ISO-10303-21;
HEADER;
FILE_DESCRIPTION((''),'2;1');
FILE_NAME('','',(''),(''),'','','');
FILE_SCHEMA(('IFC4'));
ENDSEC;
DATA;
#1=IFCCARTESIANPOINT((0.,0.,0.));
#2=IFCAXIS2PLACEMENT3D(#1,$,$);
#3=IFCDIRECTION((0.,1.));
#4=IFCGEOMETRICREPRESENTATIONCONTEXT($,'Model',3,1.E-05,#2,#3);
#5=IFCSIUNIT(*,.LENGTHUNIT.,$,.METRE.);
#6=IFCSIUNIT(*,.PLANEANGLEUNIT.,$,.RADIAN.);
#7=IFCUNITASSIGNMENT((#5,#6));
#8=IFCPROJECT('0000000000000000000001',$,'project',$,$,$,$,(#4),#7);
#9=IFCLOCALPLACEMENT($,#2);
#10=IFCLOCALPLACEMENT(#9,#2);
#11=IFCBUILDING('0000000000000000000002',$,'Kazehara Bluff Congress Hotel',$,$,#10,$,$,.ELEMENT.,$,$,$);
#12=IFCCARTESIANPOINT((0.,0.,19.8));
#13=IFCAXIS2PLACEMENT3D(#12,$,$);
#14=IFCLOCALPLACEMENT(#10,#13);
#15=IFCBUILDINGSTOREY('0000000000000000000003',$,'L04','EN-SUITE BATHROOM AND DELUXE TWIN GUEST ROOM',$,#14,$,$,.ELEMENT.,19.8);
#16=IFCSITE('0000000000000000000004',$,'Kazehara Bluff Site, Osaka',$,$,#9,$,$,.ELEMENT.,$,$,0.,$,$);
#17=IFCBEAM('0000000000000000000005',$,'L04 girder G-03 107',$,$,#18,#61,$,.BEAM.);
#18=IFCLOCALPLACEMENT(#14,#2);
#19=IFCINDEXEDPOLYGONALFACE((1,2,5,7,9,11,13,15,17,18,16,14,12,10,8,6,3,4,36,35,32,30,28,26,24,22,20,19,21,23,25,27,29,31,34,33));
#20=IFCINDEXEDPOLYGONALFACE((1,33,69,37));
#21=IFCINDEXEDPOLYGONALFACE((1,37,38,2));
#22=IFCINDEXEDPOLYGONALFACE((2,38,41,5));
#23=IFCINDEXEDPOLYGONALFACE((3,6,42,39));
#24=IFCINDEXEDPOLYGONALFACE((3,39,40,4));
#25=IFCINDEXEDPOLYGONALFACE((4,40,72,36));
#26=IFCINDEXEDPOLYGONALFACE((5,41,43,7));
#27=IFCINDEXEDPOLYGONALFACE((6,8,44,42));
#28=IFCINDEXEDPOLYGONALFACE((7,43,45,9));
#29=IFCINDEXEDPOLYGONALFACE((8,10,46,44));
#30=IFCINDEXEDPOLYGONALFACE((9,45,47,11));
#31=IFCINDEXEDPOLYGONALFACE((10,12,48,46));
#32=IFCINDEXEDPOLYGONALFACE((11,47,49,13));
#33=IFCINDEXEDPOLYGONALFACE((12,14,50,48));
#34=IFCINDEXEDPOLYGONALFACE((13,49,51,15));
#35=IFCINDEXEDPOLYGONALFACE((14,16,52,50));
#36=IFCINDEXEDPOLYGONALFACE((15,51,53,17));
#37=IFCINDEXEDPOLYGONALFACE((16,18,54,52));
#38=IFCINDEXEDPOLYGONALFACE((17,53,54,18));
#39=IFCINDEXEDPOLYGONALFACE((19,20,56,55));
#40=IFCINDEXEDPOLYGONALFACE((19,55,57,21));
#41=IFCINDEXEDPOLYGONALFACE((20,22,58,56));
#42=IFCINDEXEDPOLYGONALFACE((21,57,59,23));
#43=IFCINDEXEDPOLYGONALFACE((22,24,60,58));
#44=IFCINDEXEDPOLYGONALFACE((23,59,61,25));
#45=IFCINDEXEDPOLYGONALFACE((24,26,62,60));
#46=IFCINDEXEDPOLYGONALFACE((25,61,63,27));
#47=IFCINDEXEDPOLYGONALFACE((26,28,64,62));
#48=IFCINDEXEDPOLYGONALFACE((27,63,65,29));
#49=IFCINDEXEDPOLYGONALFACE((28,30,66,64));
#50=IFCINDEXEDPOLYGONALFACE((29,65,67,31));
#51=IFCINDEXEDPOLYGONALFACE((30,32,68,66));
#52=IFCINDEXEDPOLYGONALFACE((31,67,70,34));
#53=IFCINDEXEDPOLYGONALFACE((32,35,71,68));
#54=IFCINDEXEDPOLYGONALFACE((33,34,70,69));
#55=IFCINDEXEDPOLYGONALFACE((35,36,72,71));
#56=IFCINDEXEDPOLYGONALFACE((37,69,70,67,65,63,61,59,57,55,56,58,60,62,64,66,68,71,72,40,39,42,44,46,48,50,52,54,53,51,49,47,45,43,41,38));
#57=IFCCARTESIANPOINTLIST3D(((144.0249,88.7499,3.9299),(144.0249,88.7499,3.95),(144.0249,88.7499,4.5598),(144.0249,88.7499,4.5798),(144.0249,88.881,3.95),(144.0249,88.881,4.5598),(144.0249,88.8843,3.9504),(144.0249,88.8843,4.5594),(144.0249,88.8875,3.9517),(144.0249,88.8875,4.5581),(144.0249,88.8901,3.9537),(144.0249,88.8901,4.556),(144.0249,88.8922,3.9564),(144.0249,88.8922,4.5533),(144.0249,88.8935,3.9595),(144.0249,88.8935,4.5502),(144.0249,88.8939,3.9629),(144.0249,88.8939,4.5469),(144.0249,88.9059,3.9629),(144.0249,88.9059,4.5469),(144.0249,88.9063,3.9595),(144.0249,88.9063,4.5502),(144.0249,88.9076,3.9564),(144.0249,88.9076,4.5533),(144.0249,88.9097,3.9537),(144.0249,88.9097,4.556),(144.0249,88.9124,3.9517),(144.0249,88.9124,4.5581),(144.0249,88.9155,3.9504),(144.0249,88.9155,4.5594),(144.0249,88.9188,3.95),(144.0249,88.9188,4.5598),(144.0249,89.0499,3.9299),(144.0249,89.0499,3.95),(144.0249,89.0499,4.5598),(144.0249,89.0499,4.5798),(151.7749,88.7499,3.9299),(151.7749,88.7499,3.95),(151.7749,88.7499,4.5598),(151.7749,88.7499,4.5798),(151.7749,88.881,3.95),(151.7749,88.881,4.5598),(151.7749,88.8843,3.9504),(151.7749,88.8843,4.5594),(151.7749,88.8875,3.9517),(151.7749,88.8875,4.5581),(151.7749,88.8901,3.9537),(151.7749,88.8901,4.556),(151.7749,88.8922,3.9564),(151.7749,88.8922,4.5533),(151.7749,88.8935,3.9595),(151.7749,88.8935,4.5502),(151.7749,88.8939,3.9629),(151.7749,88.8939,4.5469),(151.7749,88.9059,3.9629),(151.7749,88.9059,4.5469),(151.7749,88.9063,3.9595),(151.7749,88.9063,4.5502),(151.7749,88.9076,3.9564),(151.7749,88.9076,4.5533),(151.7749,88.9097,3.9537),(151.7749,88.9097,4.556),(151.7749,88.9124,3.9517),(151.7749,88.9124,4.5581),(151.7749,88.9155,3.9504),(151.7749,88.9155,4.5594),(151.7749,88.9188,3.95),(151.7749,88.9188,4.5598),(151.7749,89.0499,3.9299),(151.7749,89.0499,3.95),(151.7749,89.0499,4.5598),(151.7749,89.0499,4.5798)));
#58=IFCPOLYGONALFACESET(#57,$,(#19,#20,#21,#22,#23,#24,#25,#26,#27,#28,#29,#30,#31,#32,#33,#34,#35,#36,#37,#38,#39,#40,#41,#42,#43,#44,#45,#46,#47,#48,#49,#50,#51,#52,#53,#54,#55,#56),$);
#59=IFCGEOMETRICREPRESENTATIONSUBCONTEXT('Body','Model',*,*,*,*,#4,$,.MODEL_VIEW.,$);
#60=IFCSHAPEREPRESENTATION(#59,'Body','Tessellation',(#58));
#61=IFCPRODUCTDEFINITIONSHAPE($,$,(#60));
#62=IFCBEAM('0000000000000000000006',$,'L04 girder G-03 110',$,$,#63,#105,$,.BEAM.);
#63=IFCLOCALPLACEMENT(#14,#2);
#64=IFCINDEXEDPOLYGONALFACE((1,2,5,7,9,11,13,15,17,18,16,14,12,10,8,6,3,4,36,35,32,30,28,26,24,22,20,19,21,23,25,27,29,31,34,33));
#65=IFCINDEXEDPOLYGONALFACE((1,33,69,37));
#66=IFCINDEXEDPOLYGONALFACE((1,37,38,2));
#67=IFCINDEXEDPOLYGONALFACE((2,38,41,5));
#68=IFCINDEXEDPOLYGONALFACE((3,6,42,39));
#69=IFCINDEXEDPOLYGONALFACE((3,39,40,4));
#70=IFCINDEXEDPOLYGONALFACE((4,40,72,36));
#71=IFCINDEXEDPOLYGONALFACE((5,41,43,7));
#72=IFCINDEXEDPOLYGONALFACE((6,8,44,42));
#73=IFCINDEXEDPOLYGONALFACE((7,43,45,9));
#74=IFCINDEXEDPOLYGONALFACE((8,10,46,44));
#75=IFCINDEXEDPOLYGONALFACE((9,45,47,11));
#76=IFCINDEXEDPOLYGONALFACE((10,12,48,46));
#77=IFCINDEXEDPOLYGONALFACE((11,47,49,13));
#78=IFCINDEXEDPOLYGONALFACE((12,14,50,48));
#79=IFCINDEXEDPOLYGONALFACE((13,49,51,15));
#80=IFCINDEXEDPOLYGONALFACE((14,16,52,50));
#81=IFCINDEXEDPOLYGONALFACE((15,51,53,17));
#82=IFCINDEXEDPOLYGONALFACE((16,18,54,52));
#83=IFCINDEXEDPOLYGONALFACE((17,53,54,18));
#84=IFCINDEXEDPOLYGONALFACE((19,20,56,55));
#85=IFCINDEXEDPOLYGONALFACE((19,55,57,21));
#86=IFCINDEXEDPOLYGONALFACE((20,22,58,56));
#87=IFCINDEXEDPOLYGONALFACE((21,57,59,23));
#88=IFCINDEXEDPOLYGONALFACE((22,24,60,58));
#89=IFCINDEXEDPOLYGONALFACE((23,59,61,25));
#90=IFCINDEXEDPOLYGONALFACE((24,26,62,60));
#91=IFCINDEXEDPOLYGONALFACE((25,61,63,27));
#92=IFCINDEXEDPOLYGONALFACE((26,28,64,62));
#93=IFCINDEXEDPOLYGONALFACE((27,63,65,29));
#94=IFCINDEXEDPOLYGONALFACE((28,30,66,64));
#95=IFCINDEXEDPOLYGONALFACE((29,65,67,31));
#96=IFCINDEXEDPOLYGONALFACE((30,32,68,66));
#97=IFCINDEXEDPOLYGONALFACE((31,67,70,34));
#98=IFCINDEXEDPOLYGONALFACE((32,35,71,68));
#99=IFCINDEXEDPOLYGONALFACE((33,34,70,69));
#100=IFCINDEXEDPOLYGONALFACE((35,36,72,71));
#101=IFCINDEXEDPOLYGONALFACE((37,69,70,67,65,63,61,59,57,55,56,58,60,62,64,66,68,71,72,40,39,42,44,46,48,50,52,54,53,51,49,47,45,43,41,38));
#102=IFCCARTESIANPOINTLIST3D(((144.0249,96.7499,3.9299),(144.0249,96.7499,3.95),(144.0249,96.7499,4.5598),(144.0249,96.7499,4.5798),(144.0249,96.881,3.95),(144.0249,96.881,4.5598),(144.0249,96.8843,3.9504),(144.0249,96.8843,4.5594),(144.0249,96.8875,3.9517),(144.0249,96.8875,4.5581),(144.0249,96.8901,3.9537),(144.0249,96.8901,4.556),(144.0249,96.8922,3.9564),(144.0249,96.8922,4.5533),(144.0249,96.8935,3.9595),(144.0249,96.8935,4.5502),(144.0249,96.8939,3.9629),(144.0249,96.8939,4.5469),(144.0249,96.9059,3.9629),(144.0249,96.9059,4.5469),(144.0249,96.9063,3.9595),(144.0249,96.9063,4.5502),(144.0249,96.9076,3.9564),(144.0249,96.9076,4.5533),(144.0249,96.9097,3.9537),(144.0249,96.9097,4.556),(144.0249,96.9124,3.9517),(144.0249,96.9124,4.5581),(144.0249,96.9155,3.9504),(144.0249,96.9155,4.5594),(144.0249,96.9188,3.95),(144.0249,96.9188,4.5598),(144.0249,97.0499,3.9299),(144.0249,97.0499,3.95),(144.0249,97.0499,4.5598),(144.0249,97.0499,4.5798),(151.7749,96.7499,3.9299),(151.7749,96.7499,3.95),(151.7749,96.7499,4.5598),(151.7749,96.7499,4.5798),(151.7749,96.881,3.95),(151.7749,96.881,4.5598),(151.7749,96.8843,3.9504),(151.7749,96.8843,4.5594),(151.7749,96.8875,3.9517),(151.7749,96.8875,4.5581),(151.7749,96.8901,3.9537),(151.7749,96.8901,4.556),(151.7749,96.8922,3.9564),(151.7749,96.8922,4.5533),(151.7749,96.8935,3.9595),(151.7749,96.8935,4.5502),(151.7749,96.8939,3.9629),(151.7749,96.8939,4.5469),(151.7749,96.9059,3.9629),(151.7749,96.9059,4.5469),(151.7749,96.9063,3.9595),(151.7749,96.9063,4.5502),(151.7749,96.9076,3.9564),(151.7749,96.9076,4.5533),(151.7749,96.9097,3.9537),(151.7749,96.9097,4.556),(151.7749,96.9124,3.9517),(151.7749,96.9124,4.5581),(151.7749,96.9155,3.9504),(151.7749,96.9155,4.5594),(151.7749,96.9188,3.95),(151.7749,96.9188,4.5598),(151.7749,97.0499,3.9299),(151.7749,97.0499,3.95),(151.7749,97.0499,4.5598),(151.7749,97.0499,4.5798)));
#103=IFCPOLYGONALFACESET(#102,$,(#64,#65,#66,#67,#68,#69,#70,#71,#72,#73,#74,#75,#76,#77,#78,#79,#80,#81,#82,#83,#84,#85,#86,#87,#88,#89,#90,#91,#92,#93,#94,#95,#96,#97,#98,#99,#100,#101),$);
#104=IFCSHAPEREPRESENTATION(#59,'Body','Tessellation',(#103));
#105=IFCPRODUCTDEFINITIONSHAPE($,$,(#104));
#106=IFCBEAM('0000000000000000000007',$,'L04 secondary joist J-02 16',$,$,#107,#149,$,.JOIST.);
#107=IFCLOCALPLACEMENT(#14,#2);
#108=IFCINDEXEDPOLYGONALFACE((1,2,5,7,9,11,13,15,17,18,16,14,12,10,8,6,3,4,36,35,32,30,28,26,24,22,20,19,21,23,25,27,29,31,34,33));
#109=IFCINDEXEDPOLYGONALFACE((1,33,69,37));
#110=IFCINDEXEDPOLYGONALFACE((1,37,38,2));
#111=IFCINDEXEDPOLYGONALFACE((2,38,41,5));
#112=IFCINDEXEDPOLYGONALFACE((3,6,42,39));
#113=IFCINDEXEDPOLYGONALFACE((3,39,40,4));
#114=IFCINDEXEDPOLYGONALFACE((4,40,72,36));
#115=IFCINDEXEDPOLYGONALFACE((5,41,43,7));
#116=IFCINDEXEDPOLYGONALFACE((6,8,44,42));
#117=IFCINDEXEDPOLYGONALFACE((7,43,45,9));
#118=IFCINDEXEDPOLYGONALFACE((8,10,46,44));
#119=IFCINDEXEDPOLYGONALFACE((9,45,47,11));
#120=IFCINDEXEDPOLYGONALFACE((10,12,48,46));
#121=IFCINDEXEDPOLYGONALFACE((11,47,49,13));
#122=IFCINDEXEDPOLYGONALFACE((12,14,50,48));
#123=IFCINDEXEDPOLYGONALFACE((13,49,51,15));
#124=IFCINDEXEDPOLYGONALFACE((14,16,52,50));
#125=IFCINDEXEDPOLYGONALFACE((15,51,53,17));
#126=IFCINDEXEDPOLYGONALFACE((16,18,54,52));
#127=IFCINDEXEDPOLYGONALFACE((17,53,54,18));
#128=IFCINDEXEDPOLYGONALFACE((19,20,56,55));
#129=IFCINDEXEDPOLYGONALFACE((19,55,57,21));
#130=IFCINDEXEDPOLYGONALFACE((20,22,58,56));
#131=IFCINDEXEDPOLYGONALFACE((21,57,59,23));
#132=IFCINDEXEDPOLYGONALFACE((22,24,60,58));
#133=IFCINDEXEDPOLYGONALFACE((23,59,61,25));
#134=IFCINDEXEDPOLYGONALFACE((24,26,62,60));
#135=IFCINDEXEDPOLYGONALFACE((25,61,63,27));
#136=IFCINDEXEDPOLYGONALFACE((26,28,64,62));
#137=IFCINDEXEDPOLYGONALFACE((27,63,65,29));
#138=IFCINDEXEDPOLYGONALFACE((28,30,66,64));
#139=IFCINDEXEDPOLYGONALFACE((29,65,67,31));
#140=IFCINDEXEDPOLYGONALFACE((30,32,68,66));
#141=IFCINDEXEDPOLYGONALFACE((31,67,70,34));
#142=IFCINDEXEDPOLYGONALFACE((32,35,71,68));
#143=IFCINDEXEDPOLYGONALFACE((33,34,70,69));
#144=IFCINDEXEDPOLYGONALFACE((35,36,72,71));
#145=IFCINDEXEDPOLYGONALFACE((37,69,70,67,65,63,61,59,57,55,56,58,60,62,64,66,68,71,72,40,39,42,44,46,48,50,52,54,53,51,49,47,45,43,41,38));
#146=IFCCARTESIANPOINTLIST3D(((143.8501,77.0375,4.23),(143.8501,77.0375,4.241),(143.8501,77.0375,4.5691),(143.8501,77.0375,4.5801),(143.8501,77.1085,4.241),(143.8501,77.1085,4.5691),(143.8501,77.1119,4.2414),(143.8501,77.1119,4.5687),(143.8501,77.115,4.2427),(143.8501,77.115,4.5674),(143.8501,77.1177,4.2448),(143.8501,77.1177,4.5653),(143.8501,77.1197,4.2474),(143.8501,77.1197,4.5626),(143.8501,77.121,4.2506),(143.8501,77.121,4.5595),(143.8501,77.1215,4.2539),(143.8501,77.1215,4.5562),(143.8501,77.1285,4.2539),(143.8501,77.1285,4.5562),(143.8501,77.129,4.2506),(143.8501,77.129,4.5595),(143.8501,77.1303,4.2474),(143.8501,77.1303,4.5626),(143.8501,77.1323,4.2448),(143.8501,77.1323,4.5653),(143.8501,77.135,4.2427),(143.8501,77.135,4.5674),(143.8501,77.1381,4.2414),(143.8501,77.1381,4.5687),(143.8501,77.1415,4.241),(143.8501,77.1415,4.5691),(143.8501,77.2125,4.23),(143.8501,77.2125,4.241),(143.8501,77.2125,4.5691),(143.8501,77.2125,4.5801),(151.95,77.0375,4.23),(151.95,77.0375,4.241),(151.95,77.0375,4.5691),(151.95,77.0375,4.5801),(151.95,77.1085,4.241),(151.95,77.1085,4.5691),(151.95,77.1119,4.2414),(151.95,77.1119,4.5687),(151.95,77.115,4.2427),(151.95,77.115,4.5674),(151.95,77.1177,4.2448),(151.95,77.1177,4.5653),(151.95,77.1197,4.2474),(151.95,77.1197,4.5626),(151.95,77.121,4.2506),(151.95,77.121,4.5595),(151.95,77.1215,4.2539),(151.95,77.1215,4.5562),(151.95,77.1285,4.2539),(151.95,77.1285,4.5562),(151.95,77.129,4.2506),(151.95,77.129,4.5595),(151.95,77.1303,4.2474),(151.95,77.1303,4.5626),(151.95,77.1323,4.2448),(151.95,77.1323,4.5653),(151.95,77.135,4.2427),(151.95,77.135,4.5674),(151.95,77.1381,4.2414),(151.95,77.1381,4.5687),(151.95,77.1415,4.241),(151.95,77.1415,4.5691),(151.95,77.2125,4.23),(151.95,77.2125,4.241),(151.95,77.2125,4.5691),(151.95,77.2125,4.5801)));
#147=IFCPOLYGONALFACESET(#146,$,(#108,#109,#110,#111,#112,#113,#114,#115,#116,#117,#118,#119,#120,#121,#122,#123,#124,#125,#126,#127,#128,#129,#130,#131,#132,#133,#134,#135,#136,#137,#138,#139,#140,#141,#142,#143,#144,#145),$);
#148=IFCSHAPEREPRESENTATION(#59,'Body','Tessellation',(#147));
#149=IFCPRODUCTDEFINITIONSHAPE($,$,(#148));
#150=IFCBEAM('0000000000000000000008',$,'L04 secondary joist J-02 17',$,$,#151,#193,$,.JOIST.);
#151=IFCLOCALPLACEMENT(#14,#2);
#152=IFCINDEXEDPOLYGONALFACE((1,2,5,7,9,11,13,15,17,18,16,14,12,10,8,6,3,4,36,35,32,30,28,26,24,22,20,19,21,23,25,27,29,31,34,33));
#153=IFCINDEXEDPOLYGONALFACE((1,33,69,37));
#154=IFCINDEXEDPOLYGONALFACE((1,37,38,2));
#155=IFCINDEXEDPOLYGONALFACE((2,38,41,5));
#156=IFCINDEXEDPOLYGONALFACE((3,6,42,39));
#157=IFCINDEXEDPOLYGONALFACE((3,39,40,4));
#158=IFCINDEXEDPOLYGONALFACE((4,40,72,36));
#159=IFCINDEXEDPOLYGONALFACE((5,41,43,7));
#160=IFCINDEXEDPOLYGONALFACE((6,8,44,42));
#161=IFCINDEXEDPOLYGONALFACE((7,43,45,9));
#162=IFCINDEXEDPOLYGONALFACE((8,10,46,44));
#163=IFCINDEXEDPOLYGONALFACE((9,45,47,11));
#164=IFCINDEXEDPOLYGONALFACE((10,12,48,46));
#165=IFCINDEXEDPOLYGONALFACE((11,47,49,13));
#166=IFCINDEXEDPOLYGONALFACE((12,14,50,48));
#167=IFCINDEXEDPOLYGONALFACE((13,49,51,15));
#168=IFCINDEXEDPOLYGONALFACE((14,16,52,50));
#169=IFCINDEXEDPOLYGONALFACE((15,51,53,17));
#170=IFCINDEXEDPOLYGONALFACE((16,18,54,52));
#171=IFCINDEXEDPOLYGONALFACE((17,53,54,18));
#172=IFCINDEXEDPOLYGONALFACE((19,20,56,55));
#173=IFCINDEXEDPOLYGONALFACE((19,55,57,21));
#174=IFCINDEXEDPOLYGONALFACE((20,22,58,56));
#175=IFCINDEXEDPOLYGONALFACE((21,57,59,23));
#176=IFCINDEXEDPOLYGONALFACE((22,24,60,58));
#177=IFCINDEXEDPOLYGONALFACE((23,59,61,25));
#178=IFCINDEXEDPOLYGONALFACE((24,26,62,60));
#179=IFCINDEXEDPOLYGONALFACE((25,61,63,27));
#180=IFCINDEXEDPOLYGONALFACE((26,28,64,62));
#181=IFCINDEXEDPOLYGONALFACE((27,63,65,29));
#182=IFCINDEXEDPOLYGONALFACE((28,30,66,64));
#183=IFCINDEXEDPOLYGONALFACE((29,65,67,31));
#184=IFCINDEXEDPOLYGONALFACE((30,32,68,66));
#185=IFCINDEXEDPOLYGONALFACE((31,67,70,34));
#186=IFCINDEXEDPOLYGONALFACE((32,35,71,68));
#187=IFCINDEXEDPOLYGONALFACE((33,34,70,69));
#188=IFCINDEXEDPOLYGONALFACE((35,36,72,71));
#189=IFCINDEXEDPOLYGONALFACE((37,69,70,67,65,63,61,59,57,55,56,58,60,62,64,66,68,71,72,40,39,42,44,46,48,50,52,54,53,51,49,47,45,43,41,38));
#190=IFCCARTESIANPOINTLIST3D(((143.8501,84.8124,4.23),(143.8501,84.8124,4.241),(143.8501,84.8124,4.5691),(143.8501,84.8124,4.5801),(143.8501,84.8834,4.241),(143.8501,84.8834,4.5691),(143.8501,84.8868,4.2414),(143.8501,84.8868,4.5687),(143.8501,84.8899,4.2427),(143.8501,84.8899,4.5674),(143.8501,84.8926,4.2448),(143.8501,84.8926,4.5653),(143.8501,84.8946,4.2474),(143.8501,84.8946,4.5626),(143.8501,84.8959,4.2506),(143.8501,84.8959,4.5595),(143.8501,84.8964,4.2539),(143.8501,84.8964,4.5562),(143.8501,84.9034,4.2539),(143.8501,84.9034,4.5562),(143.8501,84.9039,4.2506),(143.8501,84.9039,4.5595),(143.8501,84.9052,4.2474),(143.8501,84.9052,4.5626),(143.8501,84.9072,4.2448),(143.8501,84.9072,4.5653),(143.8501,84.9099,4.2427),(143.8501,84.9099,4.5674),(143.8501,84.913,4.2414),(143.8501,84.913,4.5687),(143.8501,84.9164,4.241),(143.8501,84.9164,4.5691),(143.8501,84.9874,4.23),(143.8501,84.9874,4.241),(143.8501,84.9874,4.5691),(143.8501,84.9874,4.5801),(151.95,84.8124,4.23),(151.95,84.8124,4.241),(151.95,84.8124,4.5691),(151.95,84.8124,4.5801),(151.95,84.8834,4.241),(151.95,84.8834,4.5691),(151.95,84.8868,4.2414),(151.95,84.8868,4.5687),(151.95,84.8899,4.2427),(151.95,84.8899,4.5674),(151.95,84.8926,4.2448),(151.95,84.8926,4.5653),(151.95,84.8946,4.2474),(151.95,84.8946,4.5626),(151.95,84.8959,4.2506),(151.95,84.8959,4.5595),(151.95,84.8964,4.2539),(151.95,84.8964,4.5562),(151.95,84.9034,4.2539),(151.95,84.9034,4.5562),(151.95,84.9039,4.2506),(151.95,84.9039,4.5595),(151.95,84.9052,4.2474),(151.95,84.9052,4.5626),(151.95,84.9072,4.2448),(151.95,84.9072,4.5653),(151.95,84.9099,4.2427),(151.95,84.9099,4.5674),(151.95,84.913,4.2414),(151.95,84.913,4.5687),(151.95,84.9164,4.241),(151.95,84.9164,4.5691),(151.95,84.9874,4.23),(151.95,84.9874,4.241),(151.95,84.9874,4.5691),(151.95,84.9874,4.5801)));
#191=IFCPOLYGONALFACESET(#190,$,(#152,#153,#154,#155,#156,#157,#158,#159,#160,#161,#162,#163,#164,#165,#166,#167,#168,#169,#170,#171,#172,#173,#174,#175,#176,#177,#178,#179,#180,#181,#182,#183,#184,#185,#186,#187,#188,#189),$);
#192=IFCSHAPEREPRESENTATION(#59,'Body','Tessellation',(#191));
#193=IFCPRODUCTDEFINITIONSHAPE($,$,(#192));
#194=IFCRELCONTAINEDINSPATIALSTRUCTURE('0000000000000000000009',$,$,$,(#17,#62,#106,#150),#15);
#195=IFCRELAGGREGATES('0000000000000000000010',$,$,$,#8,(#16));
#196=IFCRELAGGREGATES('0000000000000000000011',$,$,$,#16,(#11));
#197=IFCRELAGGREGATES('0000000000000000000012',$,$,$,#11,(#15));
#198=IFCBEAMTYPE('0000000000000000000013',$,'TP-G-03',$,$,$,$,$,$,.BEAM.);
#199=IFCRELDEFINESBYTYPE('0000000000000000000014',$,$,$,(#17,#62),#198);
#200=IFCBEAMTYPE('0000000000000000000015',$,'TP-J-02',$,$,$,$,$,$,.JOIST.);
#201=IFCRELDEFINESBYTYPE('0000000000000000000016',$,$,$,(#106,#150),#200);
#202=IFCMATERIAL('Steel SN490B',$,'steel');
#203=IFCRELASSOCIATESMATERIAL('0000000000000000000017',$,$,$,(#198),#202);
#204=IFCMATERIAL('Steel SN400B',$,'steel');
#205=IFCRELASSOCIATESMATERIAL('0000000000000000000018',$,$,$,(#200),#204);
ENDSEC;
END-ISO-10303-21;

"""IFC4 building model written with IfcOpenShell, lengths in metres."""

from ifc_helpers import new_model, si_unit, direction, frame, origin, origin_2d, place, context, subcontext, project, spatial, i_section, extrude, material, material_profile, profile_set, type_object, element, save


model = new_model("IFC4")

# Units and contexts
model_context = context("Model", 3, precision=1e-05, world=origin(), true_north=direction((0.0, 1.0)))
body_context = subcontext(model_context, "Body", "Model", "MODEL_VIEW")
ifc_project = project(units=[si_unit("LENGTHUNIT", "METRE"), si_unit("PLANEANGLEUNIT", "RADIAN")], contexts=[model_context])

# Site, building, storey
site_placement = place(None, origin())
site = spatial("IfcSite", under=ifc_project, at=site_placement, Name="Kazehara Bluff Site, Osaka", CompositionType="ELEMENT", RefElevation=0.0)
building_placement = place(site_placement, origin())
building = spatial("IfcBuilding", under=site, at=building_placement, Name="Kazehara Bluff Congress Hotel", CompositionType="ELEMENT")
storey_placement = place(building_placement, frame((0.0, 0.0, 19.8)))
storey = spatial("IfcBuildingStorey", under=building, at=storey_placement, Name="L04", Description="EN-SUITE BATHROOM AND DELUXE TWIN GUEST ROOM", CompositionType="ELEMENT", Elevation=19.8)

# Beams
ifc_material_1 = material(Name="Steel SN490B", Category="steel")
ifc_material_profile_1 = material_profile(ifc_material_1, i_section(OverallWidth=0.3, OverallDepth=0.6499, WebThickness=0.012, FlangeThickness=0.02, FilletRadius=0.0129, at=origin_2d()))
ifc_profile_set_1 = profile_set([ifc_material_profile_1], Name="Steel SN490B")
beam_type_1 = type_object("IfcBeamType", Name="TP-G-03", PredefinedType="BEAM", material=ifc_profile_set_1)
for number, where, z_axis, x_axis, name in (
    (1, (144.0249, 88.8999, 4.2549), (1.0, 0.0, 0.0), (0.0, 1.0, 0.0), "L04 girder G-03 107"),
    (2, (144.0249, 96.8999, 4.2549), (1.0, 0.0, 0.0), (0.0, 1.0, 0.0), "L04 girder G-03 110"),
):
    element("IfcBeam", number, at=place(storey_placement, frame(where, z_axis=z_axis, x_axis=x_axis)), inside=storey, type_object=beam_type_1, Name=name, PredefinedType="BEAM", context=body_context, shape_type="SweptSolid", body=[
        extrude(i_section(OverallWidth=0.3, OverallDepth=0.6499, WebThickness=0.012, FlangeThickness=0.02, FilletRadius=0.0129, at=origin_2d()), origin(), (0.0, 0.0, 1.0), 7.75),
    ])
ifc_material_2 = material(Name="Steel SN400B", Category="steel")
ifc_material_profile_2 = material_profile(ifc_material_2, i_section(OverallWidth=0.175, OverallDepth=0.3501, WebThickness=0.0071, FlangeThickness=0.011, FilletRadius=0.0129, at=origin_2d()))
ifc_profile_set_2 = profile_set([ifc_material_profile_2], Name="Steel SN400B")
beam_type_2 = type_object("IfcBeamType", Name="TP-J-02", PredefinedType="JOIST", material=ifc_profile_set_2)
for number, where, z_axis, x_axis, name in (
    (3, (143.8501, 77.125, 4.405), (1.0, 0.0, 0.0), (0.0, 1.0, 0.0), "L04 secondary joist J-02 16"),
    (4, (143.8501, 84.8999, 4.405), (1.0, 0.0, 0.0), (0.0, 1.0, 0.0), "L04 secondary joist J-02 17"),
):
    element("IfcBeam", number, at=place(storey_placement, frame(where, z_axis=z_axis, x_axis=x_axis)), inside=storey, type_object=beam_type_2, Name=name, PredefinedType="JOIST", context=body_context, shape_type="SweptSolid", body=[
        extrude(i_section(OverallWidth=0.175, OverallDepth=0.3501, WebThickness=0.0071, FlangeThickness=0.011, FilletRadius=0.0129, at=origin_2d()), origin(), (0.0, 0.0, 1.0), 8.0999),
    ])

save(model, "model.ifc")
